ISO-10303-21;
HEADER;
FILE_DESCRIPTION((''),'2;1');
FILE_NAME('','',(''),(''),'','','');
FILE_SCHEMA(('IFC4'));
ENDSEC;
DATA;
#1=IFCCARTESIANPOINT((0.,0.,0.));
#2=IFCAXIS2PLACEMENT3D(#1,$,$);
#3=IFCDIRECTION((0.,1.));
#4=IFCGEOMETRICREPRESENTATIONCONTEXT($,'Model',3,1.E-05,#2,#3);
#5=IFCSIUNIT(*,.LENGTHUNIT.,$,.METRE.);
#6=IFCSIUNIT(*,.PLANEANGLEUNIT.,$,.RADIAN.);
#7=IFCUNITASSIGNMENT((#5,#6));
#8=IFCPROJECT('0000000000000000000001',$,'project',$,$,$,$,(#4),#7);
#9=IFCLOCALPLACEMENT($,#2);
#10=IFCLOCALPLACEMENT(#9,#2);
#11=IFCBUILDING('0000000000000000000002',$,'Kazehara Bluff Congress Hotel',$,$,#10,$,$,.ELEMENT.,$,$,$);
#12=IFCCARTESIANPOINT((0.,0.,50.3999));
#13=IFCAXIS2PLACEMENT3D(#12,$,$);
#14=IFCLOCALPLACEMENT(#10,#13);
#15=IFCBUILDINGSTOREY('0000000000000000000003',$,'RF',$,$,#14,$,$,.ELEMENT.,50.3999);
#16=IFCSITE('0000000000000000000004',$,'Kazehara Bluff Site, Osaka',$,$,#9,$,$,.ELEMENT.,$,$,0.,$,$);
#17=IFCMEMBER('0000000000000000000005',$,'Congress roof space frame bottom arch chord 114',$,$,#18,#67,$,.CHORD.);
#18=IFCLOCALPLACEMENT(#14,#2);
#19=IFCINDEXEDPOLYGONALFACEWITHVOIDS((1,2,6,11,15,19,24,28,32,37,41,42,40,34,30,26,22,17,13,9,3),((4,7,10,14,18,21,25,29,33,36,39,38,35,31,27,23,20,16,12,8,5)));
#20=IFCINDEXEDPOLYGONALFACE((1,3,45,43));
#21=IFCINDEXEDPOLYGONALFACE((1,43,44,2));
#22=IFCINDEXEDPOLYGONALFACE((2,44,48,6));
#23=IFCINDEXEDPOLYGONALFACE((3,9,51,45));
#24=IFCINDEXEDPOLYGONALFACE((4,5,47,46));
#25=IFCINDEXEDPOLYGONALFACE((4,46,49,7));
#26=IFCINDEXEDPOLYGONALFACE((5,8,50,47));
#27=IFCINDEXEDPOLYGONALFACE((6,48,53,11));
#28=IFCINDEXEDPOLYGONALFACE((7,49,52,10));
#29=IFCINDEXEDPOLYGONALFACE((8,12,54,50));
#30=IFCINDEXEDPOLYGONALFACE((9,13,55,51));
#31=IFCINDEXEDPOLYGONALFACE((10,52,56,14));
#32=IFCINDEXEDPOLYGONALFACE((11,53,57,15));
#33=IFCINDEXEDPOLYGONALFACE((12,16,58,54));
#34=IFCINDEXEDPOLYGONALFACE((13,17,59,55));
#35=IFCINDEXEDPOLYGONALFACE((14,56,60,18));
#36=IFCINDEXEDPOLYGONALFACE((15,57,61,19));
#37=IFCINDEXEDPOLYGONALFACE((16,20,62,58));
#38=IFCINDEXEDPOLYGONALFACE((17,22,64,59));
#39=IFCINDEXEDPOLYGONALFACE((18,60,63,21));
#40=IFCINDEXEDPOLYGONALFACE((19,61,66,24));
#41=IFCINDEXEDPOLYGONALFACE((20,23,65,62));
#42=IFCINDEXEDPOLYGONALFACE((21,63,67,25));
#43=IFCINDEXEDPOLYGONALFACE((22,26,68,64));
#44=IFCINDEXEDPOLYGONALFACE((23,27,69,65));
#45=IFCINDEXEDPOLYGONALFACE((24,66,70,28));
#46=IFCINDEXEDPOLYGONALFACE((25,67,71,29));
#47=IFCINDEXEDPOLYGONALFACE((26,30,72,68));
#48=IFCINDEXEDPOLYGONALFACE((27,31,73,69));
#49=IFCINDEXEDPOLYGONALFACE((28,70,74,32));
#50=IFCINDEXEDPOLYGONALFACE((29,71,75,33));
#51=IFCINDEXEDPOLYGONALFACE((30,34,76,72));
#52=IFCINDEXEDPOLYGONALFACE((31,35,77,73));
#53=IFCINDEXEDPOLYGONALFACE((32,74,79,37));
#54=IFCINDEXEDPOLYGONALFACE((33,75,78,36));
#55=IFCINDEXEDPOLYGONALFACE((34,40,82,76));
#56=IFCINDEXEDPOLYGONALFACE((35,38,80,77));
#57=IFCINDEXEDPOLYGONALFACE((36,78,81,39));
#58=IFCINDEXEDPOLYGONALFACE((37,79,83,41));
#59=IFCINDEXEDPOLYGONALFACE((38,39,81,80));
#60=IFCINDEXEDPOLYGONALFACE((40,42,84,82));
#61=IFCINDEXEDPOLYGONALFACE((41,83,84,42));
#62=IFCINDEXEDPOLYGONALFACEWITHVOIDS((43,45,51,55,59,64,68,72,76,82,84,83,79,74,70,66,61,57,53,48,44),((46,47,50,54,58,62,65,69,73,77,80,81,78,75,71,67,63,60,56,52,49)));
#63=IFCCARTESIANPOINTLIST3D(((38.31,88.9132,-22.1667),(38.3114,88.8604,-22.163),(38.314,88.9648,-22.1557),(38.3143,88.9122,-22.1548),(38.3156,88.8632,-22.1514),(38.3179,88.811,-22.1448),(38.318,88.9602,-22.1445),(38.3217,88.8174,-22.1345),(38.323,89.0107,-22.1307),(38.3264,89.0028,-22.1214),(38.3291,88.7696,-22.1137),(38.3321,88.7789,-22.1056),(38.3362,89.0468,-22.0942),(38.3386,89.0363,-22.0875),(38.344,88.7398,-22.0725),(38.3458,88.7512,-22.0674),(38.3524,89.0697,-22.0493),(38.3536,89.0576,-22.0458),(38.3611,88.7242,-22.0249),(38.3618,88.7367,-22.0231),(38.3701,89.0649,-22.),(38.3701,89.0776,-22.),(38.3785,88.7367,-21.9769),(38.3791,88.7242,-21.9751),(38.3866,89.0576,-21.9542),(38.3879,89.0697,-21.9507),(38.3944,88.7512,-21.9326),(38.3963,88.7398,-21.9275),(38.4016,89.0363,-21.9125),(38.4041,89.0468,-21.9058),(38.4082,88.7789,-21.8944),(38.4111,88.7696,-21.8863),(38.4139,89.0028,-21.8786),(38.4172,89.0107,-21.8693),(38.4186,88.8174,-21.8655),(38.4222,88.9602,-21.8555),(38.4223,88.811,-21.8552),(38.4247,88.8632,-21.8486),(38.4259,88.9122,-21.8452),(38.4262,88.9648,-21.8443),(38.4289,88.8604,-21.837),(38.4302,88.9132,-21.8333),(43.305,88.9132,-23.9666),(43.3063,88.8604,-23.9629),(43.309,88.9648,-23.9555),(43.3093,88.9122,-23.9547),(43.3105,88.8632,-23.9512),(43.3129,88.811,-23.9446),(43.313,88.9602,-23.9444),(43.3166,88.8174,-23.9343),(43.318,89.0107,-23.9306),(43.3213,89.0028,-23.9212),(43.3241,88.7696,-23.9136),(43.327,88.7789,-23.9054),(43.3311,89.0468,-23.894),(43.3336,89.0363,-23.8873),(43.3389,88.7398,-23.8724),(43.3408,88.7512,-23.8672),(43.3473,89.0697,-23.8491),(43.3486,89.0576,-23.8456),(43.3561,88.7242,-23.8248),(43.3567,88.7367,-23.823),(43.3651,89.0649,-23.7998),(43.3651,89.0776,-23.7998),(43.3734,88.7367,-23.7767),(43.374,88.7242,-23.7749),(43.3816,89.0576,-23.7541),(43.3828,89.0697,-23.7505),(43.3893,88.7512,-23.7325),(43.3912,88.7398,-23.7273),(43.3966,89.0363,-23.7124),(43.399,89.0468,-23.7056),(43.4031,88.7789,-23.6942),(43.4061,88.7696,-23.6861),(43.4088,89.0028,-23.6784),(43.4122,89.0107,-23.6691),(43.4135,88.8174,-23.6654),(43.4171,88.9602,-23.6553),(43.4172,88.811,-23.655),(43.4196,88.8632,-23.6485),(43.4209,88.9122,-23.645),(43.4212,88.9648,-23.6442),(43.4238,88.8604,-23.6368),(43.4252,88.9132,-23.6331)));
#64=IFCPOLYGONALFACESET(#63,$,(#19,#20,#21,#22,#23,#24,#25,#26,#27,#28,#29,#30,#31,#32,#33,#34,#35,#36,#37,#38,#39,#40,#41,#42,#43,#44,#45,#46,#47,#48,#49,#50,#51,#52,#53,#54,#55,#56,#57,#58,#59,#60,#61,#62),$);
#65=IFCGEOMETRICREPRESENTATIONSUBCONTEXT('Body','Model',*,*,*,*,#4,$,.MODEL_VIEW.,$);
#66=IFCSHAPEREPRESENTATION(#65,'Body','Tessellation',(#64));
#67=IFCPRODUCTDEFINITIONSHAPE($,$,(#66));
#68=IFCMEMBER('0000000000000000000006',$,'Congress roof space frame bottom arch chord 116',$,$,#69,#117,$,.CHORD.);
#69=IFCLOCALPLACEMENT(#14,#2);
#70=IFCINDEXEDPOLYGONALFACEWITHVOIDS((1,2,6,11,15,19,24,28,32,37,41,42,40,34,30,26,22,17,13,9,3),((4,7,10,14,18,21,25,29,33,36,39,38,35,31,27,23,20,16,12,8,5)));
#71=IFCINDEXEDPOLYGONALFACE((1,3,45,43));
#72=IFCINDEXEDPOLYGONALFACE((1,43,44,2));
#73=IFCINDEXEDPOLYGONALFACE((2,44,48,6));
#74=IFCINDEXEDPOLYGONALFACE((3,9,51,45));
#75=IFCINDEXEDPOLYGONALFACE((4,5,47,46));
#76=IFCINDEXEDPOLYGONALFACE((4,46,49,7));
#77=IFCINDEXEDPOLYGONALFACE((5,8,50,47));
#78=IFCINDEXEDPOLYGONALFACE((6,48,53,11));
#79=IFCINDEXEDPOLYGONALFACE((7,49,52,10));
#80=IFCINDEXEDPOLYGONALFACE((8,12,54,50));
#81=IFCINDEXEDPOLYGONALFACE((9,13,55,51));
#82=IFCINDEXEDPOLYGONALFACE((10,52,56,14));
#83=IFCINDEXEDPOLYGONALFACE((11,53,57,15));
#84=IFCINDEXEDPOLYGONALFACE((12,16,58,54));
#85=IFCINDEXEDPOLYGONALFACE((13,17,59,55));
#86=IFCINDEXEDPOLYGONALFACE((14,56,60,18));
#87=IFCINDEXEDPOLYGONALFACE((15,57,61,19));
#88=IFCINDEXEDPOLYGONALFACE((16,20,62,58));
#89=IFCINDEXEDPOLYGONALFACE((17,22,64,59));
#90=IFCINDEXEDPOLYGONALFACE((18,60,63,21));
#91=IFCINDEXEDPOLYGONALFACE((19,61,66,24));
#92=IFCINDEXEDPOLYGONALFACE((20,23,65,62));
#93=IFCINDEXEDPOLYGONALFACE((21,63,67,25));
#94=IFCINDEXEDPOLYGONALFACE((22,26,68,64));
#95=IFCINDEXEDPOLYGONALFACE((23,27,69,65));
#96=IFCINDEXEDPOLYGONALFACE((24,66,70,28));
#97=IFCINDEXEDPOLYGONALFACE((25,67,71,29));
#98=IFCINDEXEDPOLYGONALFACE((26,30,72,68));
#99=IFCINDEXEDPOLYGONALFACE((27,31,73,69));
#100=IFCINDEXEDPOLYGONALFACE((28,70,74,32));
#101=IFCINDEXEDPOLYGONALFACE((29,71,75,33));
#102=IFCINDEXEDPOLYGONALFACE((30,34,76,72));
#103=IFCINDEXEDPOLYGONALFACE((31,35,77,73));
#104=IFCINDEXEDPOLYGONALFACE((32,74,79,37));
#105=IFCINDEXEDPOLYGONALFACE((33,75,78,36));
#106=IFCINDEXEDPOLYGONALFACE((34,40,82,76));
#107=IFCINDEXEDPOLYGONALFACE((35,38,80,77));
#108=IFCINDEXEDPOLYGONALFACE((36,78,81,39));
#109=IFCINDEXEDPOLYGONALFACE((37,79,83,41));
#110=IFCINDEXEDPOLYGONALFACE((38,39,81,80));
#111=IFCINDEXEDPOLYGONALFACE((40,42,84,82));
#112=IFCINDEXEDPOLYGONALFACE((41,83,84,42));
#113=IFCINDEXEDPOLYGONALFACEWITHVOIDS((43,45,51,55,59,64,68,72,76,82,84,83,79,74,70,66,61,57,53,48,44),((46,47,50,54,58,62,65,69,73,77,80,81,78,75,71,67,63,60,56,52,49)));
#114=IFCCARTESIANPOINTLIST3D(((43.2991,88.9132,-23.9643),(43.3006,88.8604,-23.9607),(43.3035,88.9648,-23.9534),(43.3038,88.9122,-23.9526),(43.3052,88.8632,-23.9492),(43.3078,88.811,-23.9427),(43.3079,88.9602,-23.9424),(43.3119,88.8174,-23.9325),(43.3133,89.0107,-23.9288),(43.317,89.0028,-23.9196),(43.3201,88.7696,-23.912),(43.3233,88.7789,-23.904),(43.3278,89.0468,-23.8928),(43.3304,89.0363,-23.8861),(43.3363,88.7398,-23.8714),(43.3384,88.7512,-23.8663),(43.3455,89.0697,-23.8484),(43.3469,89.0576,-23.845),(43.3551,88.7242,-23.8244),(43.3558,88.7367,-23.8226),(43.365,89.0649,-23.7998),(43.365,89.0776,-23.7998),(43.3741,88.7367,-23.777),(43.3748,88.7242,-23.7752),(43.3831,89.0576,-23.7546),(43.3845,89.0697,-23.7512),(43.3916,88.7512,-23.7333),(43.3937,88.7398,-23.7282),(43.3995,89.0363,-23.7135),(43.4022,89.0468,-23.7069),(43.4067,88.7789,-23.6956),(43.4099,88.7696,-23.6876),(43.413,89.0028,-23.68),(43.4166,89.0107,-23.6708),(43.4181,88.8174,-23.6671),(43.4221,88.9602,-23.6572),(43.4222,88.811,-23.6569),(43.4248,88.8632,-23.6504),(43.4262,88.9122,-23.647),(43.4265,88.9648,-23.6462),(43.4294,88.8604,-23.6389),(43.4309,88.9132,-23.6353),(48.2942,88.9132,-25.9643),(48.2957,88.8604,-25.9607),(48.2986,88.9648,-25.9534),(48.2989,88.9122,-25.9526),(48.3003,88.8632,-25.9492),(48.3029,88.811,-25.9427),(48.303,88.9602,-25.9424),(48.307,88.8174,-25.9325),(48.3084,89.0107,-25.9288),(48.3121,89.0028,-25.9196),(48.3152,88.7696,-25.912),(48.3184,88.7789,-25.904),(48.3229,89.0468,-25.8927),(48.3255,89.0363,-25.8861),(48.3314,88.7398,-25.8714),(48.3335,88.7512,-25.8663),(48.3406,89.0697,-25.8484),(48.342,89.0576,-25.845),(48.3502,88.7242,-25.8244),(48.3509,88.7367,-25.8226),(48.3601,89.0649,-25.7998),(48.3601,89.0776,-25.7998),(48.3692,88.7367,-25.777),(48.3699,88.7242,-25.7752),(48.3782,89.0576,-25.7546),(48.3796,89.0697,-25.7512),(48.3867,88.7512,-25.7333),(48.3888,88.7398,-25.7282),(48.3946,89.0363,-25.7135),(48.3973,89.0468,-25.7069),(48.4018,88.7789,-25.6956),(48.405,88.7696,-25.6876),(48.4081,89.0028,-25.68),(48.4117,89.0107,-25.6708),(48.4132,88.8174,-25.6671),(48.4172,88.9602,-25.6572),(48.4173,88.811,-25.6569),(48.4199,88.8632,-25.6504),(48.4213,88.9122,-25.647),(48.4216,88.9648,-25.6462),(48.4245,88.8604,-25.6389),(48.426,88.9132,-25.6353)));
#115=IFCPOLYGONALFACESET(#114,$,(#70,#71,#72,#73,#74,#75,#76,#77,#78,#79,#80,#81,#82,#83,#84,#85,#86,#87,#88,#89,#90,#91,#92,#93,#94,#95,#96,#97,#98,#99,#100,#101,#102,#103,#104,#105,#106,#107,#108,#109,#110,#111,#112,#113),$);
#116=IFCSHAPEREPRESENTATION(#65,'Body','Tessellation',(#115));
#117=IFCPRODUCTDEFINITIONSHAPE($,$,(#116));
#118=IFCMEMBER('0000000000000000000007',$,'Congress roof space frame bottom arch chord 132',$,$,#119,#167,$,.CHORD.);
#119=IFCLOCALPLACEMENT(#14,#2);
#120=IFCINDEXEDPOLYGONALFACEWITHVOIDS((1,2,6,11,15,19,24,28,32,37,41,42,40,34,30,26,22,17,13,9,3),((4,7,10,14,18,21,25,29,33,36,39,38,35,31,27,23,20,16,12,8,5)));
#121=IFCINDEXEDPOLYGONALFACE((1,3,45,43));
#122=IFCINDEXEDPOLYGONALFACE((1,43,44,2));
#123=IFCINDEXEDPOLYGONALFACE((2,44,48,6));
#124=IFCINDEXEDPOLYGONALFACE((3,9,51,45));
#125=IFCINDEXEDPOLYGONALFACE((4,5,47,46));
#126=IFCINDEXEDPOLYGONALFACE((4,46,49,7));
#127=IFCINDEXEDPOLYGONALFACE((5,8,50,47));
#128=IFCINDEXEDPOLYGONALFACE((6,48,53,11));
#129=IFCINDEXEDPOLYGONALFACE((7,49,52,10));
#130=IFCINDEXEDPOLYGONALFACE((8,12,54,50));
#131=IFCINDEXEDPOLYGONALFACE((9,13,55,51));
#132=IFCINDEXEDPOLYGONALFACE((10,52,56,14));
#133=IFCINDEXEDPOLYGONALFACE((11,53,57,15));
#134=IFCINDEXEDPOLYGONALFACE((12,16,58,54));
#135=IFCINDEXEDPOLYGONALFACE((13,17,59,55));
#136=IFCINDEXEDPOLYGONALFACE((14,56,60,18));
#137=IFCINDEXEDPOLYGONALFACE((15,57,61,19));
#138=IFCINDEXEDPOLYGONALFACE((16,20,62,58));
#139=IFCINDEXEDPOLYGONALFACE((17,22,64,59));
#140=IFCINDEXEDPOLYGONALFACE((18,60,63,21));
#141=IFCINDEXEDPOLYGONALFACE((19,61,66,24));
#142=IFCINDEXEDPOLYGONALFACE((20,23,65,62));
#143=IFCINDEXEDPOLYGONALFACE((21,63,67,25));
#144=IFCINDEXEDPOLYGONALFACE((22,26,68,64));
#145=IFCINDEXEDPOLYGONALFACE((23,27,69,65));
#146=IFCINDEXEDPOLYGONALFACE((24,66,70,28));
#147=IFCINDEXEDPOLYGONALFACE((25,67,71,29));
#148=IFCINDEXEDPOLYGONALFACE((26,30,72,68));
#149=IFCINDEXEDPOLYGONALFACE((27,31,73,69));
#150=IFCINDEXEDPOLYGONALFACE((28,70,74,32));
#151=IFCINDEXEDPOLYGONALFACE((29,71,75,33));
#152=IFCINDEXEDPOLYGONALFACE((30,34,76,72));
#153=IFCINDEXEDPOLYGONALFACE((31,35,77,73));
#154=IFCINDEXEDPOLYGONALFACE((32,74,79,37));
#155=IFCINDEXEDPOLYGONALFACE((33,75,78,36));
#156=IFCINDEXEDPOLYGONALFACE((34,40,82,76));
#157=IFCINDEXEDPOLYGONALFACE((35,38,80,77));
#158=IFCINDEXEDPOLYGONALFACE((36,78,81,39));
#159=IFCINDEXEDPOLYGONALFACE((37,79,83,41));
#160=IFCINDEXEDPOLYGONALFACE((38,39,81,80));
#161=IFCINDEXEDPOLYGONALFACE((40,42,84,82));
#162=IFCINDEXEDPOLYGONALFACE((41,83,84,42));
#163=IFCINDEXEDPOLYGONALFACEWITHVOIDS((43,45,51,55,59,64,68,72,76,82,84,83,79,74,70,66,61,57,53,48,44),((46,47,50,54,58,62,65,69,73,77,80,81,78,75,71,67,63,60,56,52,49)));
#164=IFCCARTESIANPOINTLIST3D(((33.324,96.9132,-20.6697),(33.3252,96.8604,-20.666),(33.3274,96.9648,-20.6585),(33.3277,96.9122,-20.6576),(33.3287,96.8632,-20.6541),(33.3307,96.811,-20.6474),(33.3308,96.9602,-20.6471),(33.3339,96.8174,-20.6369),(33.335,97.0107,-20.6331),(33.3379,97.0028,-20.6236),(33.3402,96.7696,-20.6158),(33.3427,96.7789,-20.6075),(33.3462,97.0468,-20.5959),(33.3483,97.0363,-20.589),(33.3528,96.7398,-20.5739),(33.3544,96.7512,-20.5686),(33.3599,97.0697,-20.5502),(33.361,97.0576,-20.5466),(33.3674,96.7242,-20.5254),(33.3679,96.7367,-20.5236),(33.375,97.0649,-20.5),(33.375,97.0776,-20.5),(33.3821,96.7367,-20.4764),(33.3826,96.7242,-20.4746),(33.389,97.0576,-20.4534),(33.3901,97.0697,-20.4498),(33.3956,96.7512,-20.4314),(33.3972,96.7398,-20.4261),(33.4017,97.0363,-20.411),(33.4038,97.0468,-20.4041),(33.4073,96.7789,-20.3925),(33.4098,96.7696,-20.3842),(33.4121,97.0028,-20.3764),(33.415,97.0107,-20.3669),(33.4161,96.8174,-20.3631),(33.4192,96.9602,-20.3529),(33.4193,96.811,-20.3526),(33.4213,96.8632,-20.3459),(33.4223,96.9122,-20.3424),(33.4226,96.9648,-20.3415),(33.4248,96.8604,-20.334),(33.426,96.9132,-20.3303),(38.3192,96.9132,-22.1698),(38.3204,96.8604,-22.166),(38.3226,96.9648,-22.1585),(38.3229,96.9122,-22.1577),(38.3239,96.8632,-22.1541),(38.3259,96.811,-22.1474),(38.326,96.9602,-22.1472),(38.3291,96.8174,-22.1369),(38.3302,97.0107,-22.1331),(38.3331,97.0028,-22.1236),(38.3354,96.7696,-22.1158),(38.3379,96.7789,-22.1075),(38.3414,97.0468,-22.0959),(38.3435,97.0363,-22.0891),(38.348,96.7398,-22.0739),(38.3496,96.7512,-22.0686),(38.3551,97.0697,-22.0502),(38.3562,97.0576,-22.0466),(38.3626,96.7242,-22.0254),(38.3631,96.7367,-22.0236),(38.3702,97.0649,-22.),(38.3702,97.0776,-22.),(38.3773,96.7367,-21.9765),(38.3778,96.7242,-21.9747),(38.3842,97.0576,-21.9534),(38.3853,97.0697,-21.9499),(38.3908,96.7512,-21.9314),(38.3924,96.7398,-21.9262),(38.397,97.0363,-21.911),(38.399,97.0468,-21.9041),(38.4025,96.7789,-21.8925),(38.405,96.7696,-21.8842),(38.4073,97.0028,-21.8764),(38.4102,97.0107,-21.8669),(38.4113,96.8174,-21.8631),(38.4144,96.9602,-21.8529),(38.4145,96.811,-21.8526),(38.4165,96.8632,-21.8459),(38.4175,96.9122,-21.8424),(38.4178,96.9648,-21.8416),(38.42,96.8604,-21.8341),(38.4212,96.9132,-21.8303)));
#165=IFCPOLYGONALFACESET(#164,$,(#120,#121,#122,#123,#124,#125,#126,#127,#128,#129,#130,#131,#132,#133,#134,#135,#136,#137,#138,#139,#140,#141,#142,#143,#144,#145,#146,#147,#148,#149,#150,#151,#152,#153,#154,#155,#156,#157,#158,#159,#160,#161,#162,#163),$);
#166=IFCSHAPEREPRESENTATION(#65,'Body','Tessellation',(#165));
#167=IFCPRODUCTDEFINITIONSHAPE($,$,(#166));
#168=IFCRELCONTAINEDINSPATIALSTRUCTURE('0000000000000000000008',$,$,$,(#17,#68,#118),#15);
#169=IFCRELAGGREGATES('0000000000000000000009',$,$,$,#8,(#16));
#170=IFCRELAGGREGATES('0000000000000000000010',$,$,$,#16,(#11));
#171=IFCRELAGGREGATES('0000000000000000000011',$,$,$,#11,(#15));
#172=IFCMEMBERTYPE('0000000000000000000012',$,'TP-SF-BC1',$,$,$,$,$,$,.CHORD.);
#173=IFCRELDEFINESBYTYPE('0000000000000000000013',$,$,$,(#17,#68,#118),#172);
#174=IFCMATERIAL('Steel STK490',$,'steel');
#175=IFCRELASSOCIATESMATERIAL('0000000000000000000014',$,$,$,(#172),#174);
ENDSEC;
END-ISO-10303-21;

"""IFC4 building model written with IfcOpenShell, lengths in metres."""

from ifc_helpers import new_model, si_unit, direction, frame, origin, origin_2d, place, context, subcontext, project, spatial, hollow_circle, extrude, material, material_profile, profile_set, type_object, element, save


model = new_model("IFC4")

# Units and contexts
model_context = context("Model", 3, precision=1e-05, world=origin(), true_north=direction((0.0, 1.0)))
body_context = subcontext(model_context, "Body", "Model", "MODEL_VIEW")
ifc_project = project(units=[si_unit("LENGTHUNIT", "METRE"), si_unit("PLANEANGLEUNIT", "RADIAN")], contexts=[model_context])

# Site, building, storey
site_placement = place(None, origin())
site = spatial("IfcSite", under=ifc_project, at=site_placement, Name="Kazehara Bluff Site, Osaka", CompositionType="ELEMENT", RefElevation=0.0)
building_placement = place(site_placement, origin())
building = spatial("IfcBuilding", under=site, at=building_placement, Name="Kazehara Bluff Congress Hotel", CompositionType="ELEMENT")
storey_placement = place(building_placement, frame((0.0, 0.0, 50.3999)))
storey = spatial("IfcBuildingStorey", under=building, at=storey_placement, Name="RF", CompositionType="ELEMENT", Elevation=50.3999)

# Members
ifc_material_1 = material(Name="Steel STK490", Category="steel")
ifc_material_profile_1 = material_profile(ifc_material_1, hollow_circle(Radius=0.1777, WallThickness=0.0127, at=origin_2d()))
ifc_profile_set_1 = profile_set([ifc_material_profile_1], Name="Steel STK490")
member_type_1 = type_object("IfcMemberType", Name="TP-SF-BC1", PredefinedType="CHORD", material=ifc_profile_set_1)
member_1_placement = place(storey_placement, frame((38.3701, 88.8999, -22.0), z_axis=(0.940788, 0.0, -0.338995), x_axis=(0.0, 1.0, 0.0)))
element("IfcMember", 1, at=member_1_placement, inside=storey, type_object=member_type_1, Name="Congress roof space frame bottom arch chord 114", PredefinedType="CHORD", context=body_context, shape_type="SweptSolid", body=[
    extrude(hollow_circle(Radius=0.1777, WallThickness=0.0127, at=origin_2d()), origin(), (0.0, 0.0, 1.0), 5.3093),
])
member_2_placement = place(storey_placement, frame((43.365, 88.8999, -23.7998), z_axis=(0.928351, 0.0, -0.371704), x_axis=(0.0, 1.0, 0.0)))
element("IfcMember", 2, at=member_2_placement, inside=storey, type_object=member_type_1, Name="Congress roof space frame bottom arch chord 116", PredefinedType="CHORD", context=body_context, shape_type="SweptSolid", body=[
    extrude(hollow_circle(Radius=0.1777, WallThickness=0.0127, at=origin_2d()), origin(), (0.0, 0.0, 1.0), 5.3806),
])
member_3_placement = place(storey_placement, frame((33.375, 96.8999, -20.5), z_axis=(0.957749, 0.0, -0.287606), x_axis=(0.0, 1.0, 0.0)))
element("IfcMember", 3, at=member_3_placement, inside=storey, type_object=member_type_1, Name="Congress roof space frame bottom arch chord 132", PredefinedType="CHORD", context=body_context, shape_type="SweptSolid", body=[
    extrude(hollow_circle(Radius=0.1777, WallThickness=0.0127, at=origin_2d()), origin(), (0.0, 0.0, 1.0), 5.2156),
])

save(model, "model.ifc")
